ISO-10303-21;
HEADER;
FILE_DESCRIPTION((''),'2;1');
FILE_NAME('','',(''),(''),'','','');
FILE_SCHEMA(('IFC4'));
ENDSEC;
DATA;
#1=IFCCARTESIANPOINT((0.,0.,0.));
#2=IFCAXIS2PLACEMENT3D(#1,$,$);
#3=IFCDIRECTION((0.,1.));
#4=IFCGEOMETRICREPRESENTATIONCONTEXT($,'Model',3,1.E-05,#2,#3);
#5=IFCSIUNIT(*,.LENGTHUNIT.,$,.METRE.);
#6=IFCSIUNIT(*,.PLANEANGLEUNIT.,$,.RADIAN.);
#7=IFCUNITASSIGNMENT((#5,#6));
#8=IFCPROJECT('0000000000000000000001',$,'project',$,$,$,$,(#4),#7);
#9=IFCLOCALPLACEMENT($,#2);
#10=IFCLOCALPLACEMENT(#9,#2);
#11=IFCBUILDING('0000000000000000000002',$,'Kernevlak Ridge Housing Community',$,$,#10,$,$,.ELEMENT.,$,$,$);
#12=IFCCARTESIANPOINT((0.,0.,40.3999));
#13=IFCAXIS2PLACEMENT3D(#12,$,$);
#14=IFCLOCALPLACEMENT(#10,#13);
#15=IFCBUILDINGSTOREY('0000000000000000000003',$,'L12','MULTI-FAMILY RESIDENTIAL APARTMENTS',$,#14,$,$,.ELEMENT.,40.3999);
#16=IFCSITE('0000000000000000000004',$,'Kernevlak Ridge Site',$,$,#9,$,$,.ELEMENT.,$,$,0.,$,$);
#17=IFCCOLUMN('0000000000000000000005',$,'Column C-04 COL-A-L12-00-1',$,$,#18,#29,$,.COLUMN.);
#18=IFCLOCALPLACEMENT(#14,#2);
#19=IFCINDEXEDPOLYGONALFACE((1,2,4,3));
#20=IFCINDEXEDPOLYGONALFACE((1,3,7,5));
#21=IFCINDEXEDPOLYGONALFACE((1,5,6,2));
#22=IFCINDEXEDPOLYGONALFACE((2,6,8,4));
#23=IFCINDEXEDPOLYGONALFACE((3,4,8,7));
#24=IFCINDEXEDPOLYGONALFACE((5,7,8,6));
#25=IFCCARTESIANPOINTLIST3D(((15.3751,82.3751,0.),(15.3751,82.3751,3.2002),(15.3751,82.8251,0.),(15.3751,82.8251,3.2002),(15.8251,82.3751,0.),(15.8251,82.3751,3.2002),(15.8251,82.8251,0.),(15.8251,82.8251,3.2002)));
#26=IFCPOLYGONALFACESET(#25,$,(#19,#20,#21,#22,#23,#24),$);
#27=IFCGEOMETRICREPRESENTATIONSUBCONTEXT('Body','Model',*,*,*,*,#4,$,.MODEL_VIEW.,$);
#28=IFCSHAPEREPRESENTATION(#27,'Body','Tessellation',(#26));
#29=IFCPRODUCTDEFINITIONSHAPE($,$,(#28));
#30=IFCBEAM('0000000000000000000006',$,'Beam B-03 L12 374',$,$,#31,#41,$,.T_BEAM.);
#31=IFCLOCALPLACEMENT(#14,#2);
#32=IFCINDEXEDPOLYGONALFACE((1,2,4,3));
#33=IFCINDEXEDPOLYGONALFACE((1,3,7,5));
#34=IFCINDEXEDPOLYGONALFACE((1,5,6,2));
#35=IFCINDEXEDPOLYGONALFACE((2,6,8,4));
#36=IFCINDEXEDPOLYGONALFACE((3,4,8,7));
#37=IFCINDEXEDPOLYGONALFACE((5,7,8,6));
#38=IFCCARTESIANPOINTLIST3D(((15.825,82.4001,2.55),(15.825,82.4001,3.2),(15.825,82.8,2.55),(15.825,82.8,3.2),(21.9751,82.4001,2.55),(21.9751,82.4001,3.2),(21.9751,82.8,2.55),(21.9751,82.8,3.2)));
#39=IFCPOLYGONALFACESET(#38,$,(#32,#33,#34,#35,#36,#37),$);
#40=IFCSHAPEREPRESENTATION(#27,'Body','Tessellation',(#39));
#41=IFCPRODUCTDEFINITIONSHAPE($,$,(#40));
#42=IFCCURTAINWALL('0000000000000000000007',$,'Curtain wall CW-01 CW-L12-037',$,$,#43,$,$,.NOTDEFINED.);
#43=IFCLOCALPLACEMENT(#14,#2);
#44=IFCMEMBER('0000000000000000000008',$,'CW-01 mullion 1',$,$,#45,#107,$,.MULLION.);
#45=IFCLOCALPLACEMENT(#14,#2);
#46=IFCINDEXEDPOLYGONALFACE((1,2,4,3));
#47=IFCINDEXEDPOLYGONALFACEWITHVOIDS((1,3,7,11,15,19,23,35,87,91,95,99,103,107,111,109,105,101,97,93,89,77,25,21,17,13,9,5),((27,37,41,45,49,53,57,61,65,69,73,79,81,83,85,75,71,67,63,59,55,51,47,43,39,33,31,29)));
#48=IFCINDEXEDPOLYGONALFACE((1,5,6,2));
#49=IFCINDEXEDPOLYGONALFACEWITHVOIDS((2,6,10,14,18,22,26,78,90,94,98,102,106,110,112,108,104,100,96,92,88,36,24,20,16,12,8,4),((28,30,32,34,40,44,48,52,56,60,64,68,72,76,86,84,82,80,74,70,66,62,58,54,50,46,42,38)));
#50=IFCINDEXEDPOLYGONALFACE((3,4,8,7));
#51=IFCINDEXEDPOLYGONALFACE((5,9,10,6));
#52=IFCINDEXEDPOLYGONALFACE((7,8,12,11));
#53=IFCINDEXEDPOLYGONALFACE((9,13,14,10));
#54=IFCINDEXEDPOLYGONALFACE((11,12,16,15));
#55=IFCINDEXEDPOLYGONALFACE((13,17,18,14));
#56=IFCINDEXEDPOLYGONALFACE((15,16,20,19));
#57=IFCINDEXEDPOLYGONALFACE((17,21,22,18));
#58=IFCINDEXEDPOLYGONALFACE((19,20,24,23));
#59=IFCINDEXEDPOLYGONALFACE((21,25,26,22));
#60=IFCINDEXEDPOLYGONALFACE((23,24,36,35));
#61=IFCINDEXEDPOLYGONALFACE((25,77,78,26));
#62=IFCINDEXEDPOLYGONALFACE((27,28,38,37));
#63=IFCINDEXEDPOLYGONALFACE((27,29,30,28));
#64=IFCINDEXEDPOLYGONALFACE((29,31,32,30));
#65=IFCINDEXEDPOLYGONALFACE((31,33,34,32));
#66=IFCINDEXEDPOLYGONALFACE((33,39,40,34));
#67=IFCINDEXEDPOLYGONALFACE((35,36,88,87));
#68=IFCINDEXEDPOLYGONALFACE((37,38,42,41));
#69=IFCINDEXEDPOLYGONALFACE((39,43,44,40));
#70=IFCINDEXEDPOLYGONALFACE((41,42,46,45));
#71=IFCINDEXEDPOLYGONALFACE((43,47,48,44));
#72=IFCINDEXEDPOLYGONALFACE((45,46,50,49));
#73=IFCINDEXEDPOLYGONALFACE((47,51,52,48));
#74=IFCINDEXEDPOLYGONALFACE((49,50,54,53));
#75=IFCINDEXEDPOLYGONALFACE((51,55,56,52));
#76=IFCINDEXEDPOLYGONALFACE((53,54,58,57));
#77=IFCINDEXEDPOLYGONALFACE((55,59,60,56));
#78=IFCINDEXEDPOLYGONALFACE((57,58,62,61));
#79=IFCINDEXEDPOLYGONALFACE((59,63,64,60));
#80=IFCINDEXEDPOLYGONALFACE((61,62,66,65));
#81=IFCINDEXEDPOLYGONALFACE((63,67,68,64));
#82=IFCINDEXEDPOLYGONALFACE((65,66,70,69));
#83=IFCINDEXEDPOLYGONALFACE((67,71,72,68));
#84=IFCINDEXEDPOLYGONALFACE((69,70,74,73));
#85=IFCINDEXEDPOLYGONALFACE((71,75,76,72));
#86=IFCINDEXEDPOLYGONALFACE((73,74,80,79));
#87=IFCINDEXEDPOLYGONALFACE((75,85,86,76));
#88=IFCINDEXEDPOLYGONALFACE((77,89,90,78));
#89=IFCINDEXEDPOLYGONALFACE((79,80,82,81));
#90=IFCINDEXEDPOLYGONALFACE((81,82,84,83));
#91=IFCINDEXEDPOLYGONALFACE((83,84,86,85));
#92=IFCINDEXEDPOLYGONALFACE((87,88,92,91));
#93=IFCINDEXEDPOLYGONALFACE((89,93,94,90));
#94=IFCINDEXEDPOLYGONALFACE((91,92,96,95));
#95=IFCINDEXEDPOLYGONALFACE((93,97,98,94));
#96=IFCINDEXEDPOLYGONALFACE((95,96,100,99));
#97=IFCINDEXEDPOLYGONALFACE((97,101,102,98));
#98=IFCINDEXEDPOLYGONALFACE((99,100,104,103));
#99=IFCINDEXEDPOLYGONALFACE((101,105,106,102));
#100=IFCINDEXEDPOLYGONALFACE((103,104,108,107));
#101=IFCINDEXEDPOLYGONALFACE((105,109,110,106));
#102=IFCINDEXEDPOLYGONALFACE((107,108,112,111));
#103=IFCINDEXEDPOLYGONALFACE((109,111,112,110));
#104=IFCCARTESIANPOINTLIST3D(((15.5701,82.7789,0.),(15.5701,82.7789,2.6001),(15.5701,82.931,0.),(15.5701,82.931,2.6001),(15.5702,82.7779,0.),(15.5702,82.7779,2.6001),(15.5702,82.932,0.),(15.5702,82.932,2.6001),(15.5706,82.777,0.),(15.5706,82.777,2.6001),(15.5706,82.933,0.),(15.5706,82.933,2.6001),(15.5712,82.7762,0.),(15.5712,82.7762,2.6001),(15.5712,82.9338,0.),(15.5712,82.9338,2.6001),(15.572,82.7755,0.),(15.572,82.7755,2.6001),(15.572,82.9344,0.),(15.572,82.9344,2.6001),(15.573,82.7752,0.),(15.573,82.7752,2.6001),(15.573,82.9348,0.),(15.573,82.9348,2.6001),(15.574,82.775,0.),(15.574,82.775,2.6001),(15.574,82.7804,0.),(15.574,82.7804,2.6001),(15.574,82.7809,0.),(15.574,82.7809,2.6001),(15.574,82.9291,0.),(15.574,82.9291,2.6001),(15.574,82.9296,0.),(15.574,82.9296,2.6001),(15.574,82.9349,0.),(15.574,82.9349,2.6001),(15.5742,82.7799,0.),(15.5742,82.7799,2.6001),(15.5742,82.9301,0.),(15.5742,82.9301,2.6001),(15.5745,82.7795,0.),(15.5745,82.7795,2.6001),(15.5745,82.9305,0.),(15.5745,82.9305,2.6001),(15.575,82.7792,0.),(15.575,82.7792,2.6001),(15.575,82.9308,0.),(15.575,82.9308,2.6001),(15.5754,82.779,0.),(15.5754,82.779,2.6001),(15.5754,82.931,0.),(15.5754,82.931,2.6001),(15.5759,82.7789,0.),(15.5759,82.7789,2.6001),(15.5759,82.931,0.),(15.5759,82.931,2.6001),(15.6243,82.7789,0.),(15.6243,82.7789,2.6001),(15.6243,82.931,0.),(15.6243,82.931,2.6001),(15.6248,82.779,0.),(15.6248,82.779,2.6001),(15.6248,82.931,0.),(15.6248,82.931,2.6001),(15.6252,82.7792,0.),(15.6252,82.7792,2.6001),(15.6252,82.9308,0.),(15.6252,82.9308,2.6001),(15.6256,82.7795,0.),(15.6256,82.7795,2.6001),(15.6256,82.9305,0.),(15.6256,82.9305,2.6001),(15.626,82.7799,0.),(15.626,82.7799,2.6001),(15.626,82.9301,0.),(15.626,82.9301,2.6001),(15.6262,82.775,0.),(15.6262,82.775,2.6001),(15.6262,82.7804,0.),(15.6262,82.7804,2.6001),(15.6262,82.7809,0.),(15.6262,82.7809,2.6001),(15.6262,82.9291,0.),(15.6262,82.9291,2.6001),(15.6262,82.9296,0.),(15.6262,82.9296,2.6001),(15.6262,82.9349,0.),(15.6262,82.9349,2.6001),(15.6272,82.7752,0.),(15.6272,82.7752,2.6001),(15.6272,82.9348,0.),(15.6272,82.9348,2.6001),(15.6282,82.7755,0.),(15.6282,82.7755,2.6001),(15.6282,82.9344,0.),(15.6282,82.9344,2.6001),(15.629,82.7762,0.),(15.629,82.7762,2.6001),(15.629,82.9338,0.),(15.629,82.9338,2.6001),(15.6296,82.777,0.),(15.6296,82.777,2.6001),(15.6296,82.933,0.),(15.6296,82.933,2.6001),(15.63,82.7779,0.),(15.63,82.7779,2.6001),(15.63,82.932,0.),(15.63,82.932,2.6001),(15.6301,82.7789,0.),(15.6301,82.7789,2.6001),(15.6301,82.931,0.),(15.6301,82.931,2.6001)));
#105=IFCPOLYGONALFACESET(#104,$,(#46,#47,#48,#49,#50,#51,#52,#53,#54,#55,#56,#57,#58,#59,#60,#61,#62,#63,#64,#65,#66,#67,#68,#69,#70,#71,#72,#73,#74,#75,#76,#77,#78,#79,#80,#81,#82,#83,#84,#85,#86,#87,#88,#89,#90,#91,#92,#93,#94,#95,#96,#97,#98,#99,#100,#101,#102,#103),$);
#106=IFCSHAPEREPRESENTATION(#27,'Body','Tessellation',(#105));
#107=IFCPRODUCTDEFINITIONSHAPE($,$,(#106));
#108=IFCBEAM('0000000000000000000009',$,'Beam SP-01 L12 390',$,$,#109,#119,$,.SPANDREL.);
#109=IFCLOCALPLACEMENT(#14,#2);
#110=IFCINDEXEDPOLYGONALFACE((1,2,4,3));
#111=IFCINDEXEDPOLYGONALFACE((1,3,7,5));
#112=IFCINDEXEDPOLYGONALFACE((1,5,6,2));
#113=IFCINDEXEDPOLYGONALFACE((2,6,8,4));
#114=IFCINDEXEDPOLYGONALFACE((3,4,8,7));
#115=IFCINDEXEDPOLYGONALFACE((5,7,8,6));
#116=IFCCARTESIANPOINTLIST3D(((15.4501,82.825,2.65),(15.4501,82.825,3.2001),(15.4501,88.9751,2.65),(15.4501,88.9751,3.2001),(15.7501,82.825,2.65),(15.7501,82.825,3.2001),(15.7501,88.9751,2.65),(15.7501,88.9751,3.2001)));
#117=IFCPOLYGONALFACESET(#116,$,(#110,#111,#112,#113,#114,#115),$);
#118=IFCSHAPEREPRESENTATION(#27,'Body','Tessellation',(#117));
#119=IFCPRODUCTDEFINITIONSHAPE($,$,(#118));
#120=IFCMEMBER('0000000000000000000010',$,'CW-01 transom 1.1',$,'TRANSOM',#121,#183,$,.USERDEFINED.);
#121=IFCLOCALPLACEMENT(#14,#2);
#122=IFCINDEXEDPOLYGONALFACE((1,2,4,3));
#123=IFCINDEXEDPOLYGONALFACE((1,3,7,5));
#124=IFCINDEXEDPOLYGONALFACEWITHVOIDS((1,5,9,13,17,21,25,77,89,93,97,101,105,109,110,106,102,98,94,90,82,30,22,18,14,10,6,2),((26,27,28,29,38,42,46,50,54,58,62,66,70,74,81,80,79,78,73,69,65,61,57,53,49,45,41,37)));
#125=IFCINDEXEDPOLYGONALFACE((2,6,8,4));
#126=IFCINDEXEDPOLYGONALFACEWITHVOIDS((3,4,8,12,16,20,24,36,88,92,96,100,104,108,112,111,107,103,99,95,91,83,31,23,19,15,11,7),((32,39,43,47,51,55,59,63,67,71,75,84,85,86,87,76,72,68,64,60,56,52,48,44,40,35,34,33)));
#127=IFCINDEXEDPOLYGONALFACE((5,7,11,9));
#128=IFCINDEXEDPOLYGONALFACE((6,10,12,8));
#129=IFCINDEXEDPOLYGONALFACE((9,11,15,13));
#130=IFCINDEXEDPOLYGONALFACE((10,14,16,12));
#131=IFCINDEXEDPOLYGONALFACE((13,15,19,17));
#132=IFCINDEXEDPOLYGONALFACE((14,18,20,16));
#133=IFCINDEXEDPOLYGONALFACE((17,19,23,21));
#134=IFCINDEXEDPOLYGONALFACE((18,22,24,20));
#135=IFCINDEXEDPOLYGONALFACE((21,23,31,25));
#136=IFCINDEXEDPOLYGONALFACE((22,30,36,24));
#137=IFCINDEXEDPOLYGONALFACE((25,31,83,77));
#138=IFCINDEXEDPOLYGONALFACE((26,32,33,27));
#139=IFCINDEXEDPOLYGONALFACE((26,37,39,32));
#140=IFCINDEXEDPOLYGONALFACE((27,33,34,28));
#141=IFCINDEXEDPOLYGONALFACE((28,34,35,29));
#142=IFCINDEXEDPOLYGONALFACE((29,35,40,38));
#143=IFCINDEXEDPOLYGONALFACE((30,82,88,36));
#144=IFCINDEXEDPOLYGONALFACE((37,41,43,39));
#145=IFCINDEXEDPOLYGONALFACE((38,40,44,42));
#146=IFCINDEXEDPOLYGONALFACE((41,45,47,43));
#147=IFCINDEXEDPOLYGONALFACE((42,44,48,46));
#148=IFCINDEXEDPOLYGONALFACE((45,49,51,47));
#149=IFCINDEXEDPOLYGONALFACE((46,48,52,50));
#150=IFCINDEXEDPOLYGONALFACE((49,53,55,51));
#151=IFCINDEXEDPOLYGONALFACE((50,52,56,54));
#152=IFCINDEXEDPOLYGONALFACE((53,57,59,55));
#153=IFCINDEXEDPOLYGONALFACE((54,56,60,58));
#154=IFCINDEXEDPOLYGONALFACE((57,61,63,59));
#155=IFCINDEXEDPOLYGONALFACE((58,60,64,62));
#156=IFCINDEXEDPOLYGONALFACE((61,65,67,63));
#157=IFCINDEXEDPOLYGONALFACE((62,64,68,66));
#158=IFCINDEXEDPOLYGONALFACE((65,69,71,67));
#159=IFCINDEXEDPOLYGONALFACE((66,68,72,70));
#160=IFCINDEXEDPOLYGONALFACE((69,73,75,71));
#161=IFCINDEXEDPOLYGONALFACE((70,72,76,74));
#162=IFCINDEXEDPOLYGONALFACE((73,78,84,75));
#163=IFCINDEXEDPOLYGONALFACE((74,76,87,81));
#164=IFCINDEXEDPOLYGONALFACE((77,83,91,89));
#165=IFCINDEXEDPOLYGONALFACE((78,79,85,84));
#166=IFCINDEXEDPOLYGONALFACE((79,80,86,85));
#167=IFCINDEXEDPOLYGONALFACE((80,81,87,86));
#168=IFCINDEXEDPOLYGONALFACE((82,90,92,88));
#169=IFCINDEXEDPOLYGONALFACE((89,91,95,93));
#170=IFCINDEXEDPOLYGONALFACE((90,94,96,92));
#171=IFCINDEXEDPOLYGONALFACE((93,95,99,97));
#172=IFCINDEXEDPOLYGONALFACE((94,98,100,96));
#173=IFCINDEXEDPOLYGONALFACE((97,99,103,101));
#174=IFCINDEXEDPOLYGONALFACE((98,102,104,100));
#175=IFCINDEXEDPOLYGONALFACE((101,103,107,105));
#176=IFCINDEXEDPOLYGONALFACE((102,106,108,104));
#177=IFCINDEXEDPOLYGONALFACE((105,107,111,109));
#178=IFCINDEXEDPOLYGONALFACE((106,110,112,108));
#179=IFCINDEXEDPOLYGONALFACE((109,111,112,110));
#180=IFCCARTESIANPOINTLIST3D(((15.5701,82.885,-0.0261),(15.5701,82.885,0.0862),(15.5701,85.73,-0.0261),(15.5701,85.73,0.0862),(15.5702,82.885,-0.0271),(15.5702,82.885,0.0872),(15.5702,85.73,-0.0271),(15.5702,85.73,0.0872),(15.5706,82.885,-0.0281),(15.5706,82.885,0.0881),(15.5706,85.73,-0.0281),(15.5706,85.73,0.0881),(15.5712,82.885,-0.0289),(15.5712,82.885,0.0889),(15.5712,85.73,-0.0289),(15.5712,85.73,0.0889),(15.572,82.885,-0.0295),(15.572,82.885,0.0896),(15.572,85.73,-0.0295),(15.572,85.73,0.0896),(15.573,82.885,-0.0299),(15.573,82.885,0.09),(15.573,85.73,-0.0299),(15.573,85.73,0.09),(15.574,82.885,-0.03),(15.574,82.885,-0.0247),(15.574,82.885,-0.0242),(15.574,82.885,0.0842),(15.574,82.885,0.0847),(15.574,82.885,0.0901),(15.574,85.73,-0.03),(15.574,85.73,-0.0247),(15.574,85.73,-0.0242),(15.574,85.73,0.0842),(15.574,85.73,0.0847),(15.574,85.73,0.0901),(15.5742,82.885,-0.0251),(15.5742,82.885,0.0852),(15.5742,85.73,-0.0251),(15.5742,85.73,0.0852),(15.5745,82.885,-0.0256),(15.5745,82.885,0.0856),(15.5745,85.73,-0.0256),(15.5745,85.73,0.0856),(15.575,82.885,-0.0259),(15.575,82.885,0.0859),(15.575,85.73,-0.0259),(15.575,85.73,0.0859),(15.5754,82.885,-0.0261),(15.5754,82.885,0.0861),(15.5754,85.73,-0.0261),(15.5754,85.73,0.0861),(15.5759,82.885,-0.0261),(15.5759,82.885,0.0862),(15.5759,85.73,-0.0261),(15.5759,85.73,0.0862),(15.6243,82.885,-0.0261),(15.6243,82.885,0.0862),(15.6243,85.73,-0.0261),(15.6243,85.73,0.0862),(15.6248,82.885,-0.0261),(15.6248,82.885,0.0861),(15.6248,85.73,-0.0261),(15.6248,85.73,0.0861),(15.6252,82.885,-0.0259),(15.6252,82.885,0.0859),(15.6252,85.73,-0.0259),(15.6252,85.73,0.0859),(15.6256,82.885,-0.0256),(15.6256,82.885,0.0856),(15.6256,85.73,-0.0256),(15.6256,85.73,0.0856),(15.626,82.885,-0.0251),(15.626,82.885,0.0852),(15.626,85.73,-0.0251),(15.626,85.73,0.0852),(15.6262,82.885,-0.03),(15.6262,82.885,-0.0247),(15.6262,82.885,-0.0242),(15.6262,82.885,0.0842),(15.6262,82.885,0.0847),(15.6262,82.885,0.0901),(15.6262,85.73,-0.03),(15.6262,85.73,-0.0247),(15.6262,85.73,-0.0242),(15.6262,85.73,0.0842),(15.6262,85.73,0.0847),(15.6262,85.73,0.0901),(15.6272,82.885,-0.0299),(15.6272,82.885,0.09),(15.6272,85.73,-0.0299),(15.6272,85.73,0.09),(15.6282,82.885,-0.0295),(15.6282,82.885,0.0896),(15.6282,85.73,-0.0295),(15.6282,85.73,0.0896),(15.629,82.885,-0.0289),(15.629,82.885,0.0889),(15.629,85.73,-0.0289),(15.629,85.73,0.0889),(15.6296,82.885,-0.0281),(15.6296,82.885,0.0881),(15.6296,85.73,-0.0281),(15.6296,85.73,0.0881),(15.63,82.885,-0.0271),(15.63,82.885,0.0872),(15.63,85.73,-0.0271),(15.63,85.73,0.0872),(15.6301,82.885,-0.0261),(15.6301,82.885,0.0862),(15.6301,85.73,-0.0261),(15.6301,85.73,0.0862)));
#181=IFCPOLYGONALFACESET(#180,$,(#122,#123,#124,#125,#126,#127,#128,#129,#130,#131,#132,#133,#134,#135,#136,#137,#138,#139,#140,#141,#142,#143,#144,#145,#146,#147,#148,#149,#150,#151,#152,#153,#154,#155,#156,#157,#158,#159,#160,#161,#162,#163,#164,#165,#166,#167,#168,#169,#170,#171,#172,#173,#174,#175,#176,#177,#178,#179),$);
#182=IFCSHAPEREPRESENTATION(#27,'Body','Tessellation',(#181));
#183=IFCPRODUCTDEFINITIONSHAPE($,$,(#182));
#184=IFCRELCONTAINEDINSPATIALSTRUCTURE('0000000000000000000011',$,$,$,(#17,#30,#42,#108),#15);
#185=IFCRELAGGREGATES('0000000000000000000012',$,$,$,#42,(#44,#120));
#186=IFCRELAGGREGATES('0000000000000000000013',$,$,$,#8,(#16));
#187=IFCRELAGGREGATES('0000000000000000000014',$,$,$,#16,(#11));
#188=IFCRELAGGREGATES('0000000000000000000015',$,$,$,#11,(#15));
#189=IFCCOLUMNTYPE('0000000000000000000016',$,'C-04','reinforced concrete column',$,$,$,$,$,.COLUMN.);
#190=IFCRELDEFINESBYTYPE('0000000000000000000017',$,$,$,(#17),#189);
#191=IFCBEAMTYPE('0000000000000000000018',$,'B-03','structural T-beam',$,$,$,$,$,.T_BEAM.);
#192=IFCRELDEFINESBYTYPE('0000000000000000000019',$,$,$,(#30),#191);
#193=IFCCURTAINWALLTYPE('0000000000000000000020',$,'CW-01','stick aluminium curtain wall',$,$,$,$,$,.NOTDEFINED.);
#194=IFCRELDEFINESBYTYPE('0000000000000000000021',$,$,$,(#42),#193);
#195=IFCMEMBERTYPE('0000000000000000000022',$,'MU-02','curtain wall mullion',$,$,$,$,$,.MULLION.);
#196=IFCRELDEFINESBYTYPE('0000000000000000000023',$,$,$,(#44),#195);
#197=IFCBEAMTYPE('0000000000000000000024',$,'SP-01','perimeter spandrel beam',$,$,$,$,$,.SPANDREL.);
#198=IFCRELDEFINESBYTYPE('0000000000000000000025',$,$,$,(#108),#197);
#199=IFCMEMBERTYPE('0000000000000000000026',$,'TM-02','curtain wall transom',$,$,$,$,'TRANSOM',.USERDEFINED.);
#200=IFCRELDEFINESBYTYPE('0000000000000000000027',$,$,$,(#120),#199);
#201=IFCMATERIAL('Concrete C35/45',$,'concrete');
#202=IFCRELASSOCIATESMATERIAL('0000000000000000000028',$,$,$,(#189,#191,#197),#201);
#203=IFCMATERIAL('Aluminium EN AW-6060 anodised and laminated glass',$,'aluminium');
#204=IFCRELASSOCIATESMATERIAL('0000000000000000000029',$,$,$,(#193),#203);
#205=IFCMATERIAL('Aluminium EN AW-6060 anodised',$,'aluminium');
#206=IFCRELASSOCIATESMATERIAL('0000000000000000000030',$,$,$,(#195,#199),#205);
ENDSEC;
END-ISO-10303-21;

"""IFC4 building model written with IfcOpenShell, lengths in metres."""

from ifc_helpers import new_model, si_unit, direction, frame, origin, origin_2d, place, context, subcontext, project, spatial, rectangle, hollow_rectangle, extrude, material, material_profile, profile_set, type_object, element, aggregate, save


model = new_model("IFC4")

# Units and contexts
model_context = context("Model", 3, precision=1e-05, world=origin(), true_north=direction((0.0, 1.0)))
body_context = subcontext(model_context, "Body", "Model", "MODEL_VIEW")
ifc_project = project(units=[si_unit("LENGTHUNIT", "METRE"), si_unit("PLANEANGLEUNIT", "RADIAN")], contexts=[model_context])

# Site, building, storey
site_placement = place(None, origin())
site = spatial("IfcSite", under=ifc_project, at=site_placement, Name="Kernevlak Ridge Site", CompositionType="ELEMENT", RefElevation=0.0)
building_placement = place(site_placement, origin())
building = spatial("IfcBuilding", under=site, at=building_placement, Name="Kernevlak Ridge Housing Community", CompositionType="ELEMENT")
storey_placement = place(building_placement, frame((0.0, 0.0, 40.3999)))
storey = spatial("IfcBuildingStorey", under=building, at=storey_placement, Name="L12", Description="MULTI-FAMILY RESIDENTIAL APARTMENTS", CompositionType="ELEMENT", Elevation=40.3999)

# Column
ifc_material_1 = material(Name="Concrete C35/45", Category="concrete")
ifc_material_profile_1 = material_profile(ifc_material_1, rectangle(XDim=0.45, YDim=0.45, at=origin_2d()), Name="RC 450x450")
ifc_profile_set_1 = profile_set([ifc_material_profile_1], Name="Concrete C35/45")
column_type = type_object("IfcColumnType", Name="C-04", Description="reinforced concrete column", PredefinedType="COLUMN", material=ifc_profile_set_1)
column_placement = place(storey_placement, frame((15.6001, 82.6001, 0.0), z_axis=(0.0, 0.0, 1.0), x_axis=(1.0, 0.0, 0.0)))
element("IfcColumn", 1, at=column_placement, inside=storey, type_object=column_type, Name="Column C-04 COL-A-L12-00-1", PredefinedType="COLUMN", context=body_context, shape_type="SweptSolid", body=[
    extrude(rectangle(XDim=0.45, YDim=0.45, at=origin_2d()), origin(), (0.0, 0.0, 1.0), 3.2002),
])

# Beam
ifc_material_profile_2 = material_profile(ifc_material_1, rectangle(XDim=0.3999, YDim=0.6499, at=origin_2d()), Name="RC 400x650")
ifc_profile_set_2 = profile_set([ifc_material_profile_2], Name="Concrete C35/45")
beam_type_1 = type_object("IfcBeamType", Name="B-03", Description="structural T-beam", PredefinedType="T_BEAM", material=ifc_profile_set_2)
beam_1_placement = place(storey_placement, frame((15.825, 82.6001, 2.875), z_axis=(1.0, 0.0, 0.0), x_axis=(0.0, 1.0, 0.0)))
element("IfcBeam", 2, at=beam_1_placement, inside=storey, type_object=beam_type_1, Name="Beam B-03 L12 374", PredefinedType="T_BEAM", context=body_context, shape_type="SweptSolid", body=[
    extrude(rectangle(XDim=0.3999, YDim=0.6499, at=origin_2d()), origin(), (0.0, 0.0, 1.0), 6.1501),
])

# Curtain wall, member
ifc_material_2 = material(Name="Aluminium EN AW-6060 anodised and laminated glass", Category="aluminium")
curtain_wall_type = type_object("IfcCurtainWallType", Name="CW-01", Description="stick aluminium curtain wall", PredefinedType="NOTDEFINED", material=ifc_material_2)
curtain_wall_placement = place(storey_placement, origin())
curtain_wall = element("IfcCurtainWall", 3, at=curtain_wall_placement, inside=storey, type_object=curtain_wall_type, Name="Curtain wall CW-01 CW-L12-037", PredefinedType="NOTDEFINED")
ifc_material_3 = material(Name="Aluminium EN AW-6060 anodised", Category="aluminium")
ifc_material_profile_3 = material_profile(ifc_material_3, hollow_rectangle(XDim=0.0601, YDim=0.1599, WallThickness=0.0039, InnerFilletRadius=0.002, OuterFilletRadius=0.0039, at=origin_2d()), Name="ALU 60x160x4")
ifc_profile_set_3 = profile_set([ifc_material_profile_3], Name="Aluminium EN AW-6060 anodised")
member_type_1 = type_object("IfcMemberType", Name="MU-02", Description="curtain wall mullion", PredefinedType="MULLION", material=ifc_profile_set_3)
member_1_placement = place(storey_placement, frame((15.6001, 82.855, 0.0), z_axis=(0.0, 0.0, 1.0), x_axis=(-1.0, 0.0, 0.0)))
member_1 = element("IfcMember", 4, at=member_1_placement, type_object=member_type_1, Name="CW-01 mullion 1", PredefinedType="MULLION", context=body_context, shape_type="SweptSolid", body=[
    extrude(hollow_rectangle(XDim=0.0601, YDim=0.1599, WallThickness=0.0039, InnerFilletRadius=0.002, OuterFilletRadius=0.0039, at=origin_2d()), origin(), (0.0, 0.0, 1.0), 2.6001),
])

# Beam
ifc_material_profile_4 = material_profile(ifc_material_1, rectangle(XDim=0.3, YDim=0.55, at=origin_2d()), Name="RC 300x550")
ifc_profile_set_4 = profile_set([ifc_material_profile_4], Name="Concrete C35/45")
beam_type_2 = type_object("IfcBeamType", Name="SP-01", Description="perimeter spandrel beam", PredefinedType="SPANDREL", material=ifc_profile_set_4)
beam_2_placement = place(storey_placement, frame((15.6001, 82.825, 2.925), z_axis=(0.0, 1.0, 0.0), x_axis=(-1.0, 0.0, 0.0)))
element("IfcBeam", 5, at=beam_2_placement, inside=storey, type_object=beam_type_2, Name="Beam SP-01 L12 390", PredefinedType="SPANDREL", context=body_context, shape_type="SweptSolid", body=[
    extrude(rectangle(XDim=0.3, YDim=0.55, at=origin_2d()), origin(), (0.0, 0.0, 1.0), 6.1501),
])

# Member
ifc_material_profile_5 = material_profile(ifc_material_3, hollow_rectangle(XDim=0.0601, YDim=0.1201, WallThickness=0.0039, InnerFilletRadius=0.002, OuterFilletRadius=0.0039, at=origin_2d()), Name="ALU 60x120x4")
ifc_profile_set_5 = profile_set([ifc_material_profile_5], Name="Aluminium EN AW-6060 anodised")
member_type_2 = type_object("IfcMemberType", Name="TM-02", Description="curtain wall transom", ElementType="TRANSOM", PredefinedType="USERDEFINED", material=ifc_profile_set_5)
member_2_placement = place(storey_placement, frame((15.6001, 82.885, 0.03), z_axis=(0.0, 1.0, 0.0), x_axis=(-1.0, 0.0, 0.0)))
member_2 = element("IfcMember", 6, at=member_2_placement, type_object=member_type_2, Name="CW-01 transom 1.1", ObjectType="TRANSOM", PredefinedType="USERDEFINED", context=body_context, shape_type="SweptSolid", body=[
    extrude(hollow_rectangle(XDim=0.0601, YDim=0.1201, WallThickness=0.0039, InnerFilletRadius=0.002, OuterFilletRadius=0.0039, at=origin_2d()), origin(), (0.0, 0.0, 1.0), 2.845),
])

aggregate(curtain_wall, [member_1, member_2])

save(model, "model.ifc")
